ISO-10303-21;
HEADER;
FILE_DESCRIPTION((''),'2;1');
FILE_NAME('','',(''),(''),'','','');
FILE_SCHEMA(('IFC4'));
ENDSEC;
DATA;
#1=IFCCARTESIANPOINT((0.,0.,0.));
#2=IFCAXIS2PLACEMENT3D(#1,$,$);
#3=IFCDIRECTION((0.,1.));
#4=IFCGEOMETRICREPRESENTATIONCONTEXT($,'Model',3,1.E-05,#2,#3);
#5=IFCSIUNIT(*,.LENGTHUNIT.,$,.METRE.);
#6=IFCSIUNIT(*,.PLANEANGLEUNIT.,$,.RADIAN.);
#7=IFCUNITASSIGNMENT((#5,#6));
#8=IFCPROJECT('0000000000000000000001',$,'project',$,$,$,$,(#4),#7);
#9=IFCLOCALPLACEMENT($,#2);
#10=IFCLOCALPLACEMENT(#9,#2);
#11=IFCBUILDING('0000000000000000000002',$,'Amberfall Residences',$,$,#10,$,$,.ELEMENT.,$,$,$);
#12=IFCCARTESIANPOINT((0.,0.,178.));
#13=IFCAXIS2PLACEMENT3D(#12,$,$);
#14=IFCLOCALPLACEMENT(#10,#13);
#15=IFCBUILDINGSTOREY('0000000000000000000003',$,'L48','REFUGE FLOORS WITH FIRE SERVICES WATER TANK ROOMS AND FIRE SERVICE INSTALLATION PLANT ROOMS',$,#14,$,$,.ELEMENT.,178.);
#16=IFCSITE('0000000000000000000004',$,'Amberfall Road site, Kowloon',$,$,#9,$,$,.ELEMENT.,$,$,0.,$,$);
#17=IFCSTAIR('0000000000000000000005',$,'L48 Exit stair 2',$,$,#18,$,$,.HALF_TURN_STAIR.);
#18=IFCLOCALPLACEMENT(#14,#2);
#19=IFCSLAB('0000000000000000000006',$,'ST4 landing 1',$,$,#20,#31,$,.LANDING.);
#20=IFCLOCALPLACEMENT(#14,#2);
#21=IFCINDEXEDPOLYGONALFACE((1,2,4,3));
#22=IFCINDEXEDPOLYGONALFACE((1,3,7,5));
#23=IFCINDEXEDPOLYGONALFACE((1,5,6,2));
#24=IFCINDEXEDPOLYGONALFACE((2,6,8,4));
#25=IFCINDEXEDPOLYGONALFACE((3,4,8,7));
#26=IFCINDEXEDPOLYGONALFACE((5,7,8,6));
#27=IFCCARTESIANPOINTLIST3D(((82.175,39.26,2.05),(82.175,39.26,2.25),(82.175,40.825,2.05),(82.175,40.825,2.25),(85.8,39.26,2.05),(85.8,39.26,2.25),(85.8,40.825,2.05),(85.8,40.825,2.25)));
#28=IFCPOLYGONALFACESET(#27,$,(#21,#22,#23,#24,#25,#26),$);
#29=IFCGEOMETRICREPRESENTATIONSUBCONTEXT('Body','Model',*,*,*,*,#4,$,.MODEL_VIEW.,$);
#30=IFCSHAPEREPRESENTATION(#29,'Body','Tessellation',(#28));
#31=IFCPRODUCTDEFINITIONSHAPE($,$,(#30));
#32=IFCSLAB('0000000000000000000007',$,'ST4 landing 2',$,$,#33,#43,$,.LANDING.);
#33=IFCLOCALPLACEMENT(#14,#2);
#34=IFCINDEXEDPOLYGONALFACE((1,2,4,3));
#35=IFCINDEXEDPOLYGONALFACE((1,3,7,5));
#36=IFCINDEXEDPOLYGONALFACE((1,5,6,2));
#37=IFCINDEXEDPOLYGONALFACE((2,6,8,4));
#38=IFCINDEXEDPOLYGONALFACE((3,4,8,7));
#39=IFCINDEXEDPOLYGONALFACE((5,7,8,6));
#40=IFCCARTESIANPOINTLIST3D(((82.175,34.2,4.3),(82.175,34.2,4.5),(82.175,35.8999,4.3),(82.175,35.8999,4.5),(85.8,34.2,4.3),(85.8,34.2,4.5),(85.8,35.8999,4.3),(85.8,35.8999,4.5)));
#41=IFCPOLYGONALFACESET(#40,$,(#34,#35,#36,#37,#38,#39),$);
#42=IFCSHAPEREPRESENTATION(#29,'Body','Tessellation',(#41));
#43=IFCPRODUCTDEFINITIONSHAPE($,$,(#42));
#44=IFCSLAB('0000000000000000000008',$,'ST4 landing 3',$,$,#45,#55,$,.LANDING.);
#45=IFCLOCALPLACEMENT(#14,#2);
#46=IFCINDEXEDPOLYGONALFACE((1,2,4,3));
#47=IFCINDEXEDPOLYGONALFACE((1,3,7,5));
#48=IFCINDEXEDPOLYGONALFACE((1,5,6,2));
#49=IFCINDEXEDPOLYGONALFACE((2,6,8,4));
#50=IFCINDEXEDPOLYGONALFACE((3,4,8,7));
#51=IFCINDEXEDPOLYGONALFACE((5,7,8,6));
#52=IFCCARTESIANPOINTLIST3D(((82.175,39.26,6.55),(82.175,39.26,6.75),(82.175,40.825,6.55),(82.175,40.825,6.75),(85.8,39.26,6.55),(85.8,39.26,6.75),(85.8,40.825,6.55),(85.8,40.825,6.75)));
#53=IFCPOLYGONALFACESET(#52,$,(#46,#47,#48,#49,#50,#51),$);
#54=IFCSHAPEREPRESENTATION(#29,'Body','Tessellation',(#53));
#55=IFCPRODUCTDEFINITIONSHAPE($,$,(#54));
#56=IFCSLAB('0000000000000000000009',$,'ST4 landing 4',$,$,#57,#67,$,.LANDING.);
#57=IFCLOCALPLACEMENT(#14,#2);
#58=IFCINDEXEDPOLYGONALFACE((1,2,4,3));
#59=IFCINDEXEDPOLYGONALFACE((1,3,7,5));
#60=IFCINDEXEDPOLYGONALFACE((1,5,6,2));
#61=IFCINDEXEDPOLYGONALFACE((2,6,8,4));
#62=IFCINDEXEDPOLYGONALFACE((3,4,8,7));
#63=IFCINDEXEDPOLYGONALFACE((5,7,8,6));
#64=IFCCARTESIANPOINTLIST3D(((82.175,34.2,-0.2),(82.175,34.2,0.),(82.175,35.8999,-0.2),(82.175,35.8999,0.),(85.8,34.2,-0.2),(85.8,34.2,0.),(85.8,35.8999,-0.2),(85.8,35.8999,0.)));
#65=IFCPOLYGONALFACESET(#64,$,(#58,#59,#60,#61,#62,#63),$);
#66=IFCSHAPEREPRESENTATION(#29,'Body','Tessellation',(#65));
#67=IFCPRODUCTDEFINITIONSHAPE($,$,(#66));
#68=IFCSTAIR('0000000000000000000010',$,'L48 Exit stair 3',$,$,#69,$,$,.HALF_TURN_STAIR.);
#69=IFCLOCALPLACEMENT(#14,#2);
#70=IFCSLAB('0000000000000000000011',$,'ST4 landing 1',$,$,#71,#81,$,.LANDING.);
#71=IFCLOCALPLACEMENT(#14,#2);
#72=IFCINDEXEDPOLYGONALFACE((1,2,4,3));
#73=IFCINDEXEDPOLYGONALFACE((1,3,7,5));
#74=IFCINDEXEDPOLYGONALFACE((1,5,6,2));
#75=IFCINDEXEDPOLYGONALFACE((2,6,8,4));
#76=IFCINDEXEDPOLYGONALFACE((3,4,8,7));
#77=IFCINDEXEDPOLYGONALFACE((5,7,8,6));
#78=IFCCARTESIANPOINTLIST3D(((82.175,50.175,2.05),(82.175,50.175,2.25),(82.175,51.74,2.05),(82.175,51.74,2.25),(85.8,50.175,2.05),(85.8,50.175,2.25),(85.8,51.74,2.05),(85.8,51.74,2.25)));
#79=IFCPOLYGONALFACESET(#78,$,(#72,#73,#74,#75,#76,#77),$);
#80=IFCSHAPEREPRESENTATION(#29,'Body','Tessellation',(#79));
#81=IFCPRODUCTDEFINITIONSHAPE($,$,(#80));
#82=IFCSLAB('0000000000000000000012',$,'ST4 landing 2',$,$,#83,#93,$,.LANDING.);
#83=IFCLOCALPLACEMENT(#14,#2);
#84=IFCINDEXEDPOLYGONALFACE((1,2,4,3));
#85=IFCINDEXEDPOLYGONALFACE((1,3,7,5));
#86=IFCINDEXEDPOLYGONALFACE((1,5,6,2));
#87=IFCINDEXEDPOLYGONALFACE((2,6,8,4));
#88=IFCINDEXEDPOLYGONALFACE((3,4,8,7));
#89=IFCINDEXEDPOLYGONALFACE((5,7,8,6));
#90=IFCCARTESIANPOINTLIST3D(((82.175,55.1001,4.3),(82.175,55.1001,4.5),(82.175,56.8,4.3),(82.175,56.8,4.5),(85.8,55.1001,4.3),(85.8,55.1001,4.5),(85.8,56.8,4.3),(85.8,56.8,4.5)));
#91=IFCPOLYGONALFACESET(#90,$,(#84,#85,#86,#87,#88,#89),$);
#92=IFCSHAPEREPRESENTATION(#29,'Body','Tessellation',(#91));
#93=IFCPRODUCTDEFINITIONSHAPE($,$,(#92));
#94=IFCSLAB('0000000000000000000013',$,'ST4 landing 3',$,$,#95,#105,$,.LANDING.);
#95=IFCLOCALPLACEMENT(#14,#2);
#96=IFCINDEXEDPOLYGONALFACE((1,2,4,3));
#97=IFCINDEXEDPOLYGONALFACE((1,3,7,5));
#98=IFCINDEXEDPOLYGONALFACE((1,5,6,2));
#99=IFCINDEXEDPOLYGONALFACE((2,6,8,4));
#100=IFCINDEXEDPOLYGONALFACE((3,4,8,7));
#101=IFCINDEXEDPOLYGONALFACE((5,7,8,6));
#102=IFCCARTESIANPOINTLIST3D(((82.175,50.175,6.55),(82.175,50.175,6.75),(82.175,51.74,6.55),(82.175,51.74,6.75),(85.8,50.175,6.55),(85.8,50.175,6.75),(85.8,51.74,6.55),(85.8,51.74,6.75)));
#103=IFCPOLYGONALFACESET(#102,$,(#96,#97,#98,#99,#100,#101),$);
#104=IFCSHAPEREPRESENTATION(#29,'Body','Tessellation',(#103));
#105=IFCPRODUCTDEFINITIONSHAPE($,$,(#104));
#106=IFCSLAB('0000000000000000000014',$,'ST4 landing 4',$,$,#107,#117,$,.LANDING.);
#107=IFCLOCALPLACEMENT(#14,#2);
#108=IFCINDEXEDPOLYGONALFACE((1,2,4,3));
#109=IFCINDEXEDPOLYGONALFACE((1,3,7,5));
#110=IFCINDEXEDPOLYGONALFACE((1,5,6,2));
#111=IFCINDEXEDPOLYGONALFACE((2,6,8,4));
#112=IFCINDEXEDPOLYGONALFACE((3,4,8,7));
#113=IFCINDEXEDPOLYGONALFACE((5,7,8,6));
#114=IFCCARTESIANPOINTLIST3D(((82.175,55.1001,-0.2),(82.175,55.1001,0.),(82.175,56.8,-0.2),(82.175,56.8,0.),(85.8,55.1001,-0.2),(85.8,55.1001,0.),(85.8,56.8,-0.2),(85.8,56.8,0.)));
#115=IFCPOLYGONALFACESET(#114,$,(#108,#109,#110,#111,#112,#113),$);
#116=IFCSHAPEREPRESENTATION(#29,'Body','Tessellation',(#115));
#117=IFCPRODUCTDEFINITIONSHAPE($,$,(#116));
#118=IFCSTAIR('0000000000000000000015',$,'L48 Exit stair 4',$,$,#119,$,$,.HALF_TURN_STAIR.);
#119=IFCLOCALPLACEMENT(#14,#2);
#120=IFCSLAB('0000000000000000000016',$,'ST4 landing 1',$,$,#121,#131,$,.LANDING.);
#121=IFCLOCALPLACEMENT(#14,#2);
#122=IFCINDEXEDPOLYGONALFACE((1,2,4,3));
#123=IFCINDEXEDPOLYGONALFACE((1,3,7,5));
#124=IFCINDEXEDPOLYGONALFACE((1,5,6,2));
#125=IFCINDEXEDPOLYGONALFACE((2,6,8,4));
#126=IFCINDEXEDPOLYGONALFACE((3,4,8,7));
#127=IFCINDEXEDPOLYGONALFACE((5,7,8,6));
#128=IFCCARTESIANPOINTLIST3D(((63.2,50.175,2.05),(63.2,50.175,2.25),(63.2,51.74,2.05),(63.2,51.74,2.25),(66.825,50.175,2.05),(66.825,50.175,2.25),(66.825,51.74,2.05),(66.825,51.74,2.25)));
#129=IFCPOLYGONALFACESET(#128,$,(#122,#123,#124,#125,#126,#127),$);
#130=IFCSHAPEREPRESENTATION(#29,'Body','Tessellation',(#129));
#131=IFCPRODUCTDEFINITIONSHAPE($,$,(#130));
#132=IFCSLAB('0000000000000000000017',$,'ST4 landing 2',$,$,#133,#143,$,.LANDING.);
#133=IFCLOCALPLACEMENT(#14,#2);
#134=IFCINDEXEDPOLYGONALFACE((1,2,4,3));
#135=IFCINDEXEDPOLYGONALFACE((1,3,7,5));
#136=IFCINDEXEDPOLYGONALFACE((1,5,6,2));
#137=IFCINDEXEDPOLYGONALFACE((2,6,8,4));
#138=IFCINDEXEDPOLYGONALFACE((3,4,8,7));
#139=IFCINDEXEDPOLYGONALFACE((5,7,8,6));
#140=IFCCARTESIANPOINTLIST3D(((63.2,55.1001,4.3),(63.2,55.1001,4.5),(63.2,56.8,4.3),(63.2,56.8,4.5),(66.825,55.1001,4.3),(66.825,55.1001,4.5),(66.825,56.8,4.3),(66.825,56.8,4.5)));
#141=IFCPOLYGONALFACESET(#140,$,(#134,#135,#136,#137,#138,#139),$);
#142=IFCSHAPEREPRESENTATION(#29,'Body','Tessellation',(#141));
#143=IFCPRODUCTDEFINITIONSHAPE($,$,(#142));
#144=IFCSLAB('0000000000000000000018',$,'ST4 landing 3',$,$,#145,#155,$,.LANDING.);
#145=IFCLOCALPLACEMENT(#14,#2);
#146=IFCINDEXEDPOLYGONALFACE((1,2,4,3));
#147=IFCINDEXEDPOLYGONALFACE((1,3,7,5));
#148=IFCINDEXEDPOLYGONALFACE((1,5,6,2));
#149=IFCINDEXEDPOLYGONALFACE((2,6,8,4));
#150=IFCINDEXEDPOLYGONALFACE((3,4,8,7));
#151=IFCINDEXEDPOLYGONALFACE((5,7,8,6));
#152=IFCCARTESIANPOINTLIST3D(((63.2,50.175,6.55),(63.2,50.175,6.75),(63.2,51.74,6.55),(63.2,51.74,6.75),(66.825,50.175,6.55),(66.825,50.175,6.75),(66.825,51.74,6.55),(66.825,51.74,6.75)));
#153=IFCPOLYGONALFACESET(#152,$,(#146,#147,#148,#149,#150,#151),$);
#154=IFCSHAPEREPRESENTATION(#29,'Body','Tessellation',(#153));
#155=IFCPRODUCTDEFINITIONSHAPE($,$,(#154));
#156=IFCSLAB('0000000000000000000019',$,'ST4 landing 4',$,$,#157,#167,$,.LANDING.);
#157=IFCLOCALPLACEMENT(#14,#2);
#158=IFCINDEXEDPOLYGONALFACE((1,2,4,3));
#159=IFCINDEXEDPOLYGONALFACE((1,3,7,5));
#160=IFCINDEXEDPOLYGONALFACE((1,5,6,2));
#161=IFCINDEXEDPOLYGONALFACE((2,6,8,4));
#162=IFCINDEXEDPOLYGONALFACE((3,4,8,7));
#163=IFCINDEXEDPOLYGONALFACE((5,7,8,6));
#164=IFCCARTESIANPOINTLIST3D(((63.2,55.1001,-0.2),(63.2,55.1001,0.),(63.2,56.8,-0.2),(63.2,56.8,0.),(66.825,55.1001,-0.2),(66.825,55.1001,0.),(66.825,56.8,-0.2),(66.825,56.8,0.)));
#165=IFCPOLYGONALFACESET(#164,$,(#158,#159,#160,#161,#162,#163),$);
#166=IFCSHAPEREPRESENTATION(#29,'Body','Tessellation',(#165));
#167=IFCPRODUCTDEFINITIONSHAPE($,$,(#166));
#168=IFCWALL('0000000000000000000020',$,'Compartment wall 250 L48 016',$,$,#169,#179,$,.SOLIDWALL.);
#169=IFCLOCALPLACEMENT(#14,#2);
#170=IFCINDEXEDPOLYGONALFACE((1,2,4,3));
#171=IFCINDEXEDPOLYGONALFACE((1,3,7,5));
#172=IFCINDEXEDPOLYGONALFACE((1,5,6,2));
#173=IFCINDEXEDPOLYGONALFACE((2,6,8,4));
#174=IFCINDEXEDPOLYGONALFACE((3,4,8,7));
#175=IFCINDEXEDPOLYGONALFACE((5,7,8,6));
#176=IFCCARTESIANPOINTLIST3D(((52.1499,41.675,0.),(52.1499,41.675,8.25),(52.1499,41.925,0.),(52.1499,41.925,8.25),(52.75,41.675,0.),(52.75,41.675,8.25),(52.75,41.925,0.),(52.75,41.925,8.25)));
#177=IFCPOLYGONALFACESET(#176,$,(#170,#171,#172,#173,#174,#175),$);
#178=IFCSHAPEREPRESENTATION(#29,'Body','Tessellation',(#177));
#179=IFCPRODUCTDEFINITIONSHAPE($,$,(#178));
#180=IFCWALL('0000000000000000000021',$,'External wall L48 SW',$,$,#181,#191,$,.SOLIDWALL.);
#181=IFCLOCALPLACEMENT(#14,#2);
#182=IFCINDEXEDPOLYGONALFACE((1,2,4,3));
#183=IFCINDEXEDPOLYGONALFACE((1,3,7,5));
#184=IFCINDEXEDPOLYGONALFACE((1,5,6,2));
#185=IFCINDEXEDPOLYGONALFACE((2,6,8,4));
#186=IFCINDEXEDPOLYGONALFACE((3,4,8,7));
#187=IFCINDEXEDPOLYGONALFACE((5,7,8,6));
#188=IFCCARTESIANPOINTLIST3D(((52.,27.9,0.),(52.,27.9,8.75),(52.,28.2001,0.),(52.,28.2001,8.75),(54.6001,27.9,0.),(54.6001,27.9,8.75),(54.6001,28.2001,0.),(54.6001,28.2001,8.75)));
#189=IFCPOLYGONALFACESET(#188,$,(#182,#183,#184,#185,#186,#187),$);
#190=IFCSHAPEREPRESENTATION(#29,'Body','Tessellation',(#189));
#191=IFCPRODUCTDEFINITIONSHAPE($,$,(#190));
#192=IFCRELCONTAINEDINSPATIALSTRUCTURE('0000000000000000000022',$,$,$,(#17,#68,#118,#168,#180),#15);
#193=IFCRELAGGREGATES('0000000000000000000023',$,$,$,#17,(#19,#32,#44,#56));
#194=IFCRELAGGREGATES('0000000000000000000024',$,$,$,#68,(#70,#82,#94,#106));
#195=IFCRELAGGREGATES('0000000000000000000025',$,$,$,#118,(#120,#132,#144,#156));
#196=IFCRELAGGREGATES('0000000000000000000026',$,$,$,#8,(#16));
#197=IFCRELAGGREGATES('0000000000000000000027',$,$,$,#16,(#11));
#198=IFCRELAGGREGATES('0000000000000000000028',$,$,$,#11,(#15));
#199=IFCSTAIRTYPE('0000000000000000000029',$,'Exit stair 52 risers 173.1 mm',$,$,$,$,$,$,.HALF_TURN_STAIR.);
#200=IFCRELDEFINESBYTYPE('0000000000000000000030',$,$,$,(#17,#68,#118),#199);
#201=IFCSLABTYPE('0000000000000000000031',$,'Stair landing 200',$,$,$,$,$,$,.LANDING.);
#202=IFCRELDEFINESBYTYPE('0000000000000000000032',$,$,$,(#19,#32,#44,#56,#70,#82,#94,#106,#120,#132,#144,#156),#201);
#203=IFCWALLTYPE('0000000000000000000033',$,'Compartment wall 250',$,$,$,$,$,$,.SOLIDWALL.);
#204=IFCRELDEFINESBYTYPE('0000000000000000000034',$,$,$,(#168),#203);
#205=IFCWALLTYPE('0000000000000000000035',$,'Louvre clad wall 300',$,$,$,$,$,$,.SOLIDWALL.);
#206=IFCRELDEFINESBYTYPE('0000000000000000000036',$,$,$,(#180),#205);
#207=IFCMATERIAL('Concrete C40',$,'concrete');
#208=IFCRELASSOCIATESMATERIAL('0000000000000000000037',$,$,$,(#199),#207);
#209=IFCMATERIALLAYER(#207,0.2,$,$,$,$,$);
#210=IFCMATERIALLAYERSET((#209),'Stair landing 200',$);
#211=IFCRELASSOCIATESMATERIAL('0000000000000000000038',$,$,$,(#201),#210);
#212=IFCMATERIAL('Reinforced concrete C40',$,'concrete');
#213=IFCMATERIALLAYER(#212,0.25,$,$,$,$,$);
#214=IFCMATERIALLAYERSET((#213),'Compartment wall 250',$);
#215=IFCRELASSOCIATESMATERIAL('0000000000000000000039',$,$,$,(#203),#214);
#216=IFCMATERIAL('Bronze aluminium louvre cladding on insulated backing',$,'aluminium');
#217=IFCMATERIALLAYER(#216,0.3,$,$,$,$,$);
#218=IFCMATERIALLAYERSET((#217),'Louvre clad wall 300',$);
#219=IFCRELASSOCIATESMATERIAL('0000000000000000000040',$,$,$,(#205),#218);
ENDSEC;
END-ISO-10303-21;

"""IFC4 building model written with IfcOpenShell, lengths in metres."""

from ifc_helpers import new_model, si_unit, direction, frame, frame_2d, origin, place, context, subcontext, project, spatial, polyline, rectangle, outline, extrude, material, layer, layer_set, type_object, element, aggregate, save


model = new_model("IFC4")

# Units and contexts
model_context = context("Model", 3, precision=1e-05, world=origin(), true_north=direction((0.0, 1.0)))
body_context = subcontext(model_context, "Body", "Model", "MODEL_VIEW")
ifc_project = project(units=[si_unit("LENGTHUNIT", "METRE"), si_unit("PLANEANGLEUNIT", "RADIAN")], contexts=[model_context])

# Site, building, storey
site_placement = place(None, origin())
site = spatial("IfcSite", under=ifc_project, at=site_placement, Name="Amberfall Road site, Kowloon", CompositionType="ELEMENT", RefElevation=0.0)
building_placement = place(site_placement, origin())
building = spatial("IfcBuilding", under=site, at=building_placement, Name="Amberfall Residences", CompositionType="ELEMENT")
storey_placement = place(building_placement, frame((0.0, 0.0, 178.0)))
storey = spatial("IfcBuildingStorey", under=building, at=storey_placement, Name="L48", Description="REFUGE FLOORS WITH FIRE SERVICES WATER TANK ROOMS AND FIRE SERVICE INSTALLATION PLANT ROOMS", CompositionType="ELEMENT", Elevation=178.0)

# Stairs, slabs
ifc_material_1 = material(Name="Concrete C40", Category="concrete")
stair_type = type_object("IfcStairType", Name="Exit stair 52 risers 173.1 mm", PredefinedType="HALF_TURN_STAIR", material=ifc_material_1)
ifc_layer_1 = layer(ifc_material_1, 0.2)
ifc_layer_set_1 = layer_set([ifc_layer_1], Name="Stair landing 200")
slab_type_1 = type_object("IfcSlabType", Name="Stair landing 200", PredefinedType="LANDING", material=ifc_layer_set_1)
stair_1_placement = place(storey_placement, origin())
stair_1 = element("IfcStair", 1, at=stair_1_placement, inside=storey, type_object=stair_type, Name="L48 Exit stair 2", PredefinedType="HALF_TURN_STAIR")
slab_1_placement = place(storey_placement, frame((0.0, 0.0, 2.05)))
slab_1 = element("IfcSlab", 2, at=slab_1_placement, type_object=slab_type_1, Name="ST4 landing 1", PredefinedType="LANDING", context=body_context, shape_type="SweptSolid", body=[
    extrude(outline(polyline([(85.8, 39.26), (85.8, 40.825), (82.175, 40.825), (82.175, 39.26), (85.8, 39.26)])), origin(), (0.0, 0.0, 1.0), 0.2),
])
slab_2_placement = place(storey_placement, frame((0.0, 0.0, 4.3)))
slab_2 = element("IfcSlab", 3, at=slab_2_placement, type_object=slab_type_1, Name="ST4 landing 2", PredefinedType="LANDING", context=body_context, shape_type="SweptSolid", body=[
    extrude(outline(polyline([(85.8, 34.2), (85.8, 35.8999), (82.175, 35.8999), (82.175, 34.2), (85.8, 34.2)])), origin(), (0.0, 0.0, 1.0), 0.2),
])
slab_3_placement = place(storey_placement, frame((0.0, 0.0, 6.55)))
slab_3 = element("IfcSlab", 4, at=slab_3_placement, type_object=slab_type_1, Name="ST4 landing 3", PredefinedType="LANDING", context=body_context, shape_type="SweptSolid", body=[
    extrude(outline(polyline([(85.8, 39.26), (85.8, 40.825), (82.175, 40.825), (82.175, 39.26), (85.8, 39.26)])), origin(), (0.0, 0.0, 1.0), 0.2),
])
slab_4_placement = place(storey_placement, frame((0.0, 0.0, -0.2)))
slab_4 = element("IfcSlab", 5, at=slab_4_placement, type_object=slab_type_1, Name="ST4 landing 4", PredefinedType="LANDING", context=body_context, shape_type="SweptSolid", body=[
    extrude(outline(polyline([(85.8, 34.2), (85.8, 35.8999), (82.175, 35.8999), (82.175, 34.2), (85.8, 34.2)])), origin(), (0.0, 0.0, 1.0), 0.2),
])
aggregate(stair_1, [slab_1, slab_2, slab_3, slab_4])
stair_2_placement = place(storey_placement, origin())
stair_2 = element("IfcStair", 6, at=stair_2_placement, inside=storey, type_object=stair_type, Name="L48 Exit stair 3", PredefinedType="HALF_TURN_STAIR")
slab_5_placement = place(storey_placement, frame((0.0, 0.0, 2.05)))
slab_5 = element("IfcSlab", 7, at=slab_5_placement, type_object=slab_type_1, Name="ST4 landing 1", PredefinedType="LANDING", context=body_context, shape_type="SweptSolid", body=[
    extrude(outline(polyline([(82.175, 51.74), (82.175, 50.175), (85.8, 50.175), (85.8, 51.74), (82.175, 51.74)])), origin(), (0.0, 0.0, 1.0), 0.2),
])
slab_6_placement = place(storey_placement, frame((0.0, 0.0, 4.3)))
slab_6 = element("IfcSlab", 8, at=slab_6_placement, type_object=slab_type_1, Name="ST4 landing 2", PredefinedType="LANDING", context=body_context, shape_type="SweptSolid", body=[
    extrude(outline(polyline([(82.175, 56.8), (82.175, 55.1001), (85.8, 55.1001), (85.8, 56.8), (82.175, 56.8)])), origin(), (0.0, 0.0, 1.0), 0.2),
])
slab_7_placement = place(storey_placement, frame((0.0, 0.0, 6.55)))
slab_7 = element("IfcSlab", 9, at=slab_7_placement, type_object=slab_type_1, Name="ST4 landing 3", PredefinedType="LANDING", context=body_context, shape_type="SweptSolid", body=[
    extrude(outline(polyline([(82.175, 51.74), (82.175, 50.175), (85.8, 50.175), (85.8, 51.74), (82.175, 51.74)])), origin(), (0.0, 0.0, 1.0), 0.2),
])
slab_8_placement = place(storey_placement, frame((0.0, 0.0, -0.2)))
slab_8 = element("IfcSlab", 10, at=slab_8_placement, type_object=slab_type_1, Name="ST4 landing 4", PredefinedType="LANDING", context=body_context, shape_type="SweptSolid", body=[
    extrude(outline(polyline([(82.175, 56.8), (82.175, 55.1001), (85.8, 55.1001), (85.8, 56.8), (82.175, 56.8)])), origin(), (0.0, 0.0, 1.0), 0.2),
])
aggregate(stair_2, [slab_5, slab_6, slab_7, slab_8])
stair_3_placement = place(storey_placement, origin())
stair_3 = element("IfcStair", 11, at=stair_3_placement, inside=storey, type_object=stair_type, Name="L48 Exit stair 4", PredefinedType="HALF_TURN_STAIR")
slab_9_placement = place(storey_placement, frame((0.0, 0.0, 2.05)))
slab_9 = element("IfcSlab", 12, at=slab_9_placement, type_object=slab_type_1, Name="ST4 landing 1", PredefinedType="LANDING", context=body_context, shape_type="SweptSolid", body=[
    extrude(outline(polyline([(63.2, 51.74), (63.2, 50.175), (66.825, 50.175), (66.825, 51.74), (63.2, 51.74)])), origin(), (0.0, 0.0, 1.0), 0.2),
])
slab_10_placement = place(storey_placement, frame((0.0, 0.0, 4.3)))
slab_10 = element("IfcSlab", 13, at=slab_10_placement, type_object=slab_type_1, Name="ST4 landing 2", PredefinedType="LANDING", context=body_context, shape_type="SweptSolid", body=[
    extrude(outline(polyline([(63.2, 56.8), (63.2, 55.1001), (66.825, 55.1001), (66.825, 56.8), (63.2, 56.8)])), origin(), (0.0, 0.0, 1.0), 0.2),
])
slab_11_placement = place(storey_placement, frame((0.0, 0.0, 6.55)))
slab_11 = element("IfcSlab", 14, at=slab_11_placement, type_object=slab_type_1, Name="ST4 landing 3", PredefinedType="LANDING", context=body_context, shape_type="SweptSolid", body=[
    extrude(outline(polyline([(63.2, 51.74), (63.2, 50.175), (66.825, 50.175), (66.825, 51.74), (63.2, 51.74)])), origin(), (0.0, 0.0, 1.0), 0.2),
])
slab_12_placement = place(storey_placement, frame((0.0, 0.0, -0.2)))
slab_12 = element("IfcSlab", 15, at=slab_12_placement, type_object=slab_type_1, Name="ST4 landing 4", PredefinedType="LANDING", context=body_context, shape_type="SweptSolid", body=[
    extrude(outline(polyline([(63.2, 56.8), (63.2, 55.1001), (66.825, 55.1001), (66.825, 56.8), (63.2, 56.8)])), origin(), (0.0, 0.0, 1.0), 0.2),
])
aggregate(stair_3, [slab_9, slab_10, slab_11, slab_12])

# Walls
ifc_material_2 = material(Name="Reinforced concrete C40", Category="concrete")
ifc_layer_2 = layer(ifc_material_2, 0.25)
ifc_layer_set_2 = layer_set([ifc_layer_2], Name="Compartment wall 250")
wall_type_1 = type_object("IfcWallType", Name="Compartment wall 250", PredefinedType="SOLIDWALL", material=ifc_layer_set_2)
wall_1_placement = place(storey_placement, frame((52.1499, 41.8, 0.0), z_axis=(0.0, 0.0, 1.0), x_axis=(1.0, 0.0, 0.0)))
element("IfcWall", 16, at=wall_1_placement, inside=storey, type_object=wall_type_1, Name="Compartment wall 250 L48 016", PredefinedType="SOLIDWALL", context=body_context, shape_type="SweptSolid", body=[
    extrude(rectangle(XDim=0.6001, YDim=0.25, at=frame_2d((0.3, 0.0))), origin(), (0.0, 0.0, 1.0), 8.25),
])
ifc_material_3 = material(Name="Bronze aluminium louvre cladding on insulated backing", Category="aluminium")
ifc_layer_3 = layer(ifc_material_3, 0.3)
ifc_layer_set_3 = layer_set([ifc_layer_3], Name="Louvre clad wall 300")
wall_type_2 = type_object("IfcWallType", Name="Louvre clad wall 300", PredefinedType="SOLIDWALL", material=ifc_layer_set_3)
wall_2_placement = place(storey_placement, frame((52.0, 28.05, 0.0), z_axis=(0.0, 0.0, 1.0), x_axis=(1.0, 0.0, 0.0)))
element("IfcWall", 17, at=wall_2_placement, inside=storey, type_object=wall_type_2, Name="External wall L48 SW", PredefinedType="SOLIDWALL", context=body_context, shape_type="SweptSolid", body=[
    extrude(rectangle(XDim=2.6001, YDim=0.3, at=frame_2d((1.3, 0.0))), origin(), (0.0, 0.0, 1.0), 8.75),
])

save(model, "model.ifc")
